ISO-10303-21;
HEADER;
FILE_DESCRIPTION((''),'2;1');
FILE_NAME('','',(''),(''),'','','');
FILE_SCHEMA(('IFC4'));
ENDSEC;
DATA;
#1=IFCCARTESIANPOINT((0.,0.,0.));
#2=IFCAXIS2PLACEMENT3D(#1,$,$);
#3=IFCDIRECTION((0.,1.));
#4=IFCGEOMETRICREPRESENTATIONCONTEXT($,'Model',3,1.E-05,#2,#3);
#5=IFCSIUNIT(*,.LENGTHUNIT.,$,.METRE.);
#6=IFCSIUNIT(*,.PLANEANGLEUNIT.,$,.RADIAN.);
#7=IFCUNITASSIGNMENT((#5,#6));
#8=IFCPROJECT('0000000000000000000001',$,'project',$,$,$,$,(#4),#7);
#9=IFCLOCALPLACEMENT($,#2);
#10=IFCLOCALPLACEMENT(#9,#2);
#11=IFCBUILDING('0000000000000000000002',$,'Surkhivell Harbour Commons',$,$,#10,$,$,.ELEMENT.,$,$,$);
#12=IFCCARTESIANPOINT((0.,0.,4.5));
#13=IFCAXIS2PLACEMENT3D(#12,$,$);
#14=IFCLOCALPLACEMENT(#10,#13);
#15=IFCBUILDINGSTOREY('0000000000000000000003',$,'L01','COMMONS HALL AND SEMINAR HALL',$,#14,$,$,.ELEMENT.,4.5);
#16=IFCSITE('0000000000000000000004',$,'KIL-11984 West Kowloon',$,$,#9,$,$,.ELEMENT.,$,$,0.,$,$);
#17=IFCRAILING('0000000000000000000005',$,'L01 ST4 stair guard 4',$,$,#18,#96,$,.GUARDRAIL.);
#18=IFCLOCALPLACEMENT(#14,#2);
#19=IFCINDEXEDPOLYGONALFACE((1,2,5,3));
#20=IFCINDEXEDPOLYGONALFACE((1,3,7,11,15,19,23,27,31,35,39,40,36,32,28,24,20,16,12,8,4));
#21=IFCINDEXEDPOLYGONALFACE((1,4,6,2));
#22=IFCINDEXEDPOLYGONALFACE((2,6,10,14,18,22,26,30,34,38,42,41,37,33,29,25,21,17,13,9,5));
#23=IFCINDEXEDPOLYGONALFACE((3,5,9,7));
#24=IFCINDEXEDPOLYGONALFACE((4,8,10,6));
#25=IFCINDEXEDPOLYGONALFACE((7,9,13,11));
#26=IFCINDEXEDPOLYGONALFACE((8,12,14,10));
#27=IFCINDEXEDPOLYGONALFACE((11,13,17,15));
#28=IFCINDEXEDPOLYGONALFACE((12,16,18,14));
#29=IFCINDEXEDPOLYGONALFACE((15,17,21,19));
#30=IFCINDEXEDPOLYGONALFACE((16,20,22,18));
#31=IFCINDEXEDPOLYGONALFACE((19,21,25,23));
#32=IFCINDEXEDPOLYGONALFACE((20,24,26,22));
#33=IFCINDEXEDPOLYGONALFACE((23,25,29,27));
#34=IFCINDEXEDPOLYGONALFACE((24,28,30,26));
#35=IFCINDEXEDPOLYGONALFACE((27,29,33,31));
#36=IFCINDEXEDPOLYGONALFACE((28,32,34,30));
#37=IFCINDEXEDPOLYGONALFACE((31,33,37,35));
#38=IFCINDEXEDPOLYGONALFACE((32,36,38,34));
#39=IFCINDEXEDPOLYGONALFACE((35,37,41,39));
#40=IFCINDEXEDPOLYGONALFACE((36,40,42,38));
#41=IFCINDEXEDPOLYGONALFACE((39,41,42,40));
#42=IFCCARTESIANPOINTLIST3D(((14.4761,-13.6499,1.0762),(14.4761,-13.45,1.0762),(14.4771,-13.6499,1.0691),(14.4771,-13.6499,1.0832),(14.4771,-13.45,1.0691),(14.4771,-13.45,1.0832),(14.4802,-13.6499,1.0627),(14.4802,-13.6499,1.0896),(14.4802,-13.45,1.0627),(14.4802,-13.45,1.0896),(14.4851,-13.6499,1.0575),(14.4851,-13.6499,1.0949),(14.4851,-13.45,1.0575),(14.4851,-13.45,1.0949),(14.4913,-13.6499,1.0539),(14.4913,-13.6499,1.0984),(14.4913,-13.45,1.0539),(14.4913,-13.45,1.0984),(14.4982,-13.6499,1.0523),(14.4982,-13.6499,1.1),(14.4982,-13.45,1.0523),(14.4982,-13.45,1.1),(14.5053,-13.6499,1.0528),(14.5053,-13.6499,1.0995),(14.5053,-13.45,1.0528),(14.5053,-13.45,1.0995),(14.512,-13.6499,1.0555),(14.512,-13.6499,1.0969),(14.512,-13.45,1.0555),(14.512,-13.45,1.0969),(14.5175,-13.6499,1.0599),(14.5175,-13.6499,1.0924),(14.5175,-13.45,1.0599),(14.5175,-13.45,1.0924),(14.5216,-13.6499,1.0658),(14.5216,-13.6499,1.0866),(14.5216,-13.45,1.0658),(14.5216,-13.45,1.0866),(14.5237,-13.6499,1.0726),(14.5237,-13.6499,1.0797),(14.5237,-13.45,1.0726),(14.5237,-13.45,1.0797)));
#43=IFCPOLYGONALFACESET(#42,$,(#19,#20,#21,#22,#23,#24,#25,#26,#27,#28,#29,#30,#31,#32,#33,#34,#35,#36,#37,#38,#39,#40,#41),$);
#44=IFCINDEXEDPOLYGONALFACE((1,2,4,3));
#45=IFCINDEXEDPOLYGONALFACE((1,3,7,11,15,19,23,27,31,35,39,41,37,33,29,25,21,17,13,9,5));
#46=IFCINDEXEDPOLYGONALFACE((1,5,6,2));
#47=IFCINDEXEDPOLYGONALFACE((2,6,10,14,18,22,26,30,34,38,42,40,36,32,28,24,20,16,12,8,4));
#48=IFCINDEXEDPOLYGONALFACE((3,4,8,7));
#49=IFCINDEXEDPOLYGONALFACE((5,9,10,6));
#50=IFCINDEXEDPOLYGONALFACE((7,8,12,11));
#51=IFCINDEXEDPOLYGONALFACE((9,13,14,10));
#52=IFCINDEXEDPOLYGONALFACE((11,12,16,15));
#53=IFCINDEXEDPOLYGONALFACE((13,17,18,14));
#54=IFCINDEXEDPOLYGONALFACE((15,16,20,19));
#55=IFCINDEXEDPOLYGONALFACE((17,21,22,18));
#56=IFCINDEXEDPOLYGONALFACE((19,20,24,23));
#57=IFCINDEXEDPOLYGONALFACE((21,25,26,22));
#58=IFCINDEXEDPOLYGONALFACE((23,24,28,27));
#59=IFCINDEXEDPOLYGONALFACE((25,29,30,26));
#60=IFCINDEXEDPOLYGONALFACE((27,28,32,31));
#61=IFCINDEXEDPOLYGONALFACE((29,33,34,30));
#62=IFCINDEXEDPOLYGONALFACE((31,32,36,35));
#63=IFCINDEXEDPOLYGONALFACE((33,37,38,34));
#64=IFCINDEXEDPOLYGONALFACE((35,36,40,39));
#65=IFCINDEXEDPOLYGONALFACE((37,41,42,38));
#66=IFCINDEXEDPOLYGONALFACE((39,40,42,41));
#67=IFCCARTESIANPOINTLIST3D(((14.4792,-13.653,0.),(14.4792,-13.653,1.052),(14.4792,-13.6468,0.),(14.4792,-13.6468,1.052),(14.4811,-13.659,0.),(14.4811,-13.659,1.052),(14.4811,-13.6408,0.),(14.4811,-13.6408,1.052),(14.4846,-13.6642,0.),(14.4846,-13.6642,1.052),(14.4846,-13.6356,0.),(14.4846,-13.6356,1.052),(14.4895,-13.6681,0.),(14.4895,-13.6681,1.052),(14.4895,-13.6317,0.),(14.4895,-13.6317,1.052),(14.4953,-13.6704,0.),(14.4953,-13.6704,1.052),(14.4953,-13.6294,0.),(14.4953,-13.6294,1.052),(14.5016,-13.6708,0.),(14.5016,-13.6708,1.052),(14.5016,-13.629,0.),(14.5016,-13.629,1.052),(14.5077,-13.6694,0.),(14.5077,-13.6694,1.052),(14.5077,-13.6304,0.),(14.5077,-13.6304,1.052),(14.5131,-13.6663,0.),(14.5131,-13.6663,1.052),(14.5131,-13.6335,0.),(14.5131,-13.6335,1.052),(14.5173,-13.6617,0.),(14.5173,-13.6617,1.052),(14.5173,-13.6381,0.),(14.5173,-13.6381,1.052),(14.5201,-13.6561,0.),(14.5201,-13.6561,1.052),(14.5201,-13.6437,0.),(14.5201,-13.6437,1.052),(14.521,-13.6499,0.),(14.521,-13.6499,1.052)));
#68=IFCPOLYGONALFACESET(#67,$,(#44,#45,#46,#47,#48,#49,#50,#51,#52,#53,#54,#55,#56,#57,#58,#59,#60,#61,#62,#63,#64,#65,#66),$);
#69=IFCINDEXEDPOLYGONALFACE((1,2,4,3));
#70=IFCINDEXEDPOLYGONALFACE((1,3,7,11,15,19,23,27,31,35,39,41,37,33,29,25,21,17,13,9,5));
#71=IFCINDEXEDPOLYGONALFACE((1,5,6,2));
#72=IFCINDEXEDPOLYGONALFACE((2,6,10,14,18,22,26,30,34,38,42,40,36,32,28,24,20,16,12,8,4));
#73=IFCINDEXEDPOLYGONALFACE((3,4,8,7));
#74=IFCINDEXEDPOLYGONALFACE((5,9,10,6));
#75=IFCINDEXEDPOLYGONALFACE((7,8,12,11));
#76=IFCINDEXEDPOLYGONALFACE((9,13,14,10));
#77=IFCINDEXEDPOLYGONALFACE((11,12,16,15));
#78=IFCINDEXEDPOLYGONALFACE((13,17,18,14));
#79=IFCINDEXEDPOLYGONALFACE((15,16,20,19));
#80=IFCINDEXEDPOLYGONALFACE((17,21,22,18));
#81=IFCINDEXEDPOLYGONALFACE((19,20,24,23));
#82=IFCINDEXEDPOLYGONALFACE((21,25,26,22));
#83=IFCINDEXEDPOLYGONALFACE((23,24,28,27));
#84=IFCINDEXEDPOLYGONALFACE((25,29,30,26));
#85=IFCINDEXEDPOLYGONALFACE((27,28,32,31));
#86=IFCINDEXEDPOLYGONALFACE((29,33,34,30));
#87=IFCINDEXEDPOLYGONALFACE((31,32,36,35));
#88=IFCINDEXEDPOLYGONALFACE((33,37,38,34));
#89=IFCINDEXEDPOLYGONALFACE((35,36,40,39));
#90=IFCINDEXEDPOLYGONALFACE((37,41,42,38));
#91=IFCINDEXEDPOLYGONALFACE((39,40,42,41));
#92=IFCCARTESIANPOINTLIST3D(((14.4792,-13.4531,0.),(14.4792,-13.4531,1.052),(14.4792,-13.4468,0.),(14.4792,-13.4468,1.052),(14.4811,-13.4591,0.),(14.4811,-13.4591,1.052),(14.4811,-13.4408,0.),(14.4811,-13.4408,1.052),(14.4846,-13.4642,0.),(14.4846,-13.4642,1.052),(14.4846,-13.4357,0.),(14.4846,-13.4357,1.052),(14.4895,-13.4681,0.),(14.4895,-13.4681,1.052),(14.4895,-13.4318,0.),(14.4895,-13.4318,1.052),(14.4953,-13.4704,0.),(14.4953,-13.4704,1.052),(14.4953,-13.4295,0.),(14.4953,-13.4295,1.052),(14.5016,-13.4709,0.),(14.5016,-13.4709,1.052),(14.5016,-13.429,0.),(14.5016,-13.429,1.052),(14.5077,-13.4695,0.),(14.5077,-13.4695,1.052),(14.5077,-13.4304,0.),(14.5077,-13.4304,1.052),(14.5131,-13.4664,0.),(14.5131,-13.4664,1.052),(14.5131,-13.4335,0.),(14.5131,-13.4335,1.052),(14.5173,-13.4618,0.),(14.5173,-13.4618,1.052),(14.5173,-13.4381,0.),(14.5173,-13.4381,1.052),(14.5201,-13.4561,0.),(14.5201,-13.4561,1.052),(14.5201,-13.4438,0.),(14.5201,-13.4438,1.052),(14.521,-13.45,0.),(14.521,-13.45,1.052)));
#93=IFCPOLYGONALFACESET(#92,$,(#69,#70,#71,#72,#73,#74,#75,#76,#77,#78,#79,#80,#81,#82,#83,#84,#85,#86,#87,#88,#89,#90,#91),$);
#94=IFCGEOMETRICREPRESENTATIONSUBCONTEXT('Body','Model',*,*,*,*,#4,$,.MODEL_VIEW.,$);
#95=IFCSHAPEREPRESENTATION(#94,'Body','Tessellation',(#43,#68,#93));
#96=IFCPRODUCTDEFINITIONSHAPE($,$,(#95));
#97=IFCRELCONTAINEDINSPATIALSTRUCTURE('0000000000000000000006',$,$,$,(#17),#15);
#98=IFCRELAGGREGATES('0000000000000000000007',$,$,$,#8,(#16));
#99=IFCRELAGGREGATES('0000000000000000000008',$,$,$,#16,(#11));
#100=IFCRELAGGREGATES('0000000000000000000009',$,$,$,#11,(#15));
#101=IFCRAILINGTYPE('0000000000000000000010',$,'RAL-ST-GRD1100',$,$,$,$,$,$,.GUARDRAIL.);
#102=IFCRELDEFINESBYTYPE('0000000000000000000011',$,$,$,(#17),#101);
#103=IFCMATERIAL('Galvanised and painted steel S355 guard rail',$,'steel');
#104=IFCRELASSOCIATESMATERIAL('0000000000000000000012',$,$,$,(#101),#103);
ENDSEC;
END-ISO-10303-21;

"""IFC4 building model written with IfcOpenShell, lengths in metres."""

from ifc_helpers import new_model, si_unit, direction, frame, origin, origin_2d, place, context, subcontext, project, spatial, circle, extrude, material, type_object, element, save


model = new_model("IFC4")

# Units and contexts
model_context = context("Model", 3, precision=1e-05, world=origin(), true_north=direction((0.0, 1.0)))
body_context = subcontext(model_context, "Body", "Model", "MODEL_VIEW")
ifc_project = project(units=[si_unit("LENGTHUNIT", "METRE"), si_unit("PLANEANGLEUNIT", "RADIAN")], contexts=[model_context])

# Site, building, storey
site_placement = place(None, origin())
site = spatial("IfcSite", under=ifc_project, at=site_placement, Name="KIL-11984 West Kowloon", CompositionType="ELEMENT", RefElevation=0.0)
building_placement = place(site_placement, origin())
building = spatial("IfcBuilding", under=site, at=building_placement, Name="Surkhivell Harbour Commons", CompositionType="ELEMENT")
storey_placement = place(building_placement, frame((0.0, 0.0, 4.5)))
storey = spatial("IfcBuildingStorey", under=building, at=storey_placement, Name="L01", Description="COMMONS HALL AND SEMINAR HALL", CompositionType="ELEMENT", Elevation=4.5)

# Railing
ifc_material_1 = material(Name="Galvanised and painted steel S355 guard rail", Category="steel")
railing_type = type_object("IfcRailingType", Name="RAL-ST-GRD1100", PredefinedType="GUARDRAIL", material=ifc_material_1)
railing_placement = place(storey_placement, frame((14.5, -13.6499, 0.0)))
element("IfcRailing", 1, at=railing_placement, inside=storey, type_object=railing_type, Name="L01 ST4 stair guard 4", PredefinedType="GUARDRAIL", context=body_context, shape_type="SweptSolid", body=[
    extrude(circle(Radius=0.0239, at=origin_2d()), frame((0.0, 0.0, 1.0762), z_axis=(0.0, 1.0, 0.0), x_axis=(-1.0, 0.0, 0.0)), (0.0, 0.0, 1.0), 0.2),
    extrude(circle(Radius=0.021, at=origin_2d()), origin(), (0.0, 0.0, 1.0), 1.052),
    extrude(circle(Radius=0.021, at=origin_2d()), frame((0.0, 0.2, 0.0)), (0.0, 0.0, 1.0), 1.052),
])

save(model, "model.ifc")
